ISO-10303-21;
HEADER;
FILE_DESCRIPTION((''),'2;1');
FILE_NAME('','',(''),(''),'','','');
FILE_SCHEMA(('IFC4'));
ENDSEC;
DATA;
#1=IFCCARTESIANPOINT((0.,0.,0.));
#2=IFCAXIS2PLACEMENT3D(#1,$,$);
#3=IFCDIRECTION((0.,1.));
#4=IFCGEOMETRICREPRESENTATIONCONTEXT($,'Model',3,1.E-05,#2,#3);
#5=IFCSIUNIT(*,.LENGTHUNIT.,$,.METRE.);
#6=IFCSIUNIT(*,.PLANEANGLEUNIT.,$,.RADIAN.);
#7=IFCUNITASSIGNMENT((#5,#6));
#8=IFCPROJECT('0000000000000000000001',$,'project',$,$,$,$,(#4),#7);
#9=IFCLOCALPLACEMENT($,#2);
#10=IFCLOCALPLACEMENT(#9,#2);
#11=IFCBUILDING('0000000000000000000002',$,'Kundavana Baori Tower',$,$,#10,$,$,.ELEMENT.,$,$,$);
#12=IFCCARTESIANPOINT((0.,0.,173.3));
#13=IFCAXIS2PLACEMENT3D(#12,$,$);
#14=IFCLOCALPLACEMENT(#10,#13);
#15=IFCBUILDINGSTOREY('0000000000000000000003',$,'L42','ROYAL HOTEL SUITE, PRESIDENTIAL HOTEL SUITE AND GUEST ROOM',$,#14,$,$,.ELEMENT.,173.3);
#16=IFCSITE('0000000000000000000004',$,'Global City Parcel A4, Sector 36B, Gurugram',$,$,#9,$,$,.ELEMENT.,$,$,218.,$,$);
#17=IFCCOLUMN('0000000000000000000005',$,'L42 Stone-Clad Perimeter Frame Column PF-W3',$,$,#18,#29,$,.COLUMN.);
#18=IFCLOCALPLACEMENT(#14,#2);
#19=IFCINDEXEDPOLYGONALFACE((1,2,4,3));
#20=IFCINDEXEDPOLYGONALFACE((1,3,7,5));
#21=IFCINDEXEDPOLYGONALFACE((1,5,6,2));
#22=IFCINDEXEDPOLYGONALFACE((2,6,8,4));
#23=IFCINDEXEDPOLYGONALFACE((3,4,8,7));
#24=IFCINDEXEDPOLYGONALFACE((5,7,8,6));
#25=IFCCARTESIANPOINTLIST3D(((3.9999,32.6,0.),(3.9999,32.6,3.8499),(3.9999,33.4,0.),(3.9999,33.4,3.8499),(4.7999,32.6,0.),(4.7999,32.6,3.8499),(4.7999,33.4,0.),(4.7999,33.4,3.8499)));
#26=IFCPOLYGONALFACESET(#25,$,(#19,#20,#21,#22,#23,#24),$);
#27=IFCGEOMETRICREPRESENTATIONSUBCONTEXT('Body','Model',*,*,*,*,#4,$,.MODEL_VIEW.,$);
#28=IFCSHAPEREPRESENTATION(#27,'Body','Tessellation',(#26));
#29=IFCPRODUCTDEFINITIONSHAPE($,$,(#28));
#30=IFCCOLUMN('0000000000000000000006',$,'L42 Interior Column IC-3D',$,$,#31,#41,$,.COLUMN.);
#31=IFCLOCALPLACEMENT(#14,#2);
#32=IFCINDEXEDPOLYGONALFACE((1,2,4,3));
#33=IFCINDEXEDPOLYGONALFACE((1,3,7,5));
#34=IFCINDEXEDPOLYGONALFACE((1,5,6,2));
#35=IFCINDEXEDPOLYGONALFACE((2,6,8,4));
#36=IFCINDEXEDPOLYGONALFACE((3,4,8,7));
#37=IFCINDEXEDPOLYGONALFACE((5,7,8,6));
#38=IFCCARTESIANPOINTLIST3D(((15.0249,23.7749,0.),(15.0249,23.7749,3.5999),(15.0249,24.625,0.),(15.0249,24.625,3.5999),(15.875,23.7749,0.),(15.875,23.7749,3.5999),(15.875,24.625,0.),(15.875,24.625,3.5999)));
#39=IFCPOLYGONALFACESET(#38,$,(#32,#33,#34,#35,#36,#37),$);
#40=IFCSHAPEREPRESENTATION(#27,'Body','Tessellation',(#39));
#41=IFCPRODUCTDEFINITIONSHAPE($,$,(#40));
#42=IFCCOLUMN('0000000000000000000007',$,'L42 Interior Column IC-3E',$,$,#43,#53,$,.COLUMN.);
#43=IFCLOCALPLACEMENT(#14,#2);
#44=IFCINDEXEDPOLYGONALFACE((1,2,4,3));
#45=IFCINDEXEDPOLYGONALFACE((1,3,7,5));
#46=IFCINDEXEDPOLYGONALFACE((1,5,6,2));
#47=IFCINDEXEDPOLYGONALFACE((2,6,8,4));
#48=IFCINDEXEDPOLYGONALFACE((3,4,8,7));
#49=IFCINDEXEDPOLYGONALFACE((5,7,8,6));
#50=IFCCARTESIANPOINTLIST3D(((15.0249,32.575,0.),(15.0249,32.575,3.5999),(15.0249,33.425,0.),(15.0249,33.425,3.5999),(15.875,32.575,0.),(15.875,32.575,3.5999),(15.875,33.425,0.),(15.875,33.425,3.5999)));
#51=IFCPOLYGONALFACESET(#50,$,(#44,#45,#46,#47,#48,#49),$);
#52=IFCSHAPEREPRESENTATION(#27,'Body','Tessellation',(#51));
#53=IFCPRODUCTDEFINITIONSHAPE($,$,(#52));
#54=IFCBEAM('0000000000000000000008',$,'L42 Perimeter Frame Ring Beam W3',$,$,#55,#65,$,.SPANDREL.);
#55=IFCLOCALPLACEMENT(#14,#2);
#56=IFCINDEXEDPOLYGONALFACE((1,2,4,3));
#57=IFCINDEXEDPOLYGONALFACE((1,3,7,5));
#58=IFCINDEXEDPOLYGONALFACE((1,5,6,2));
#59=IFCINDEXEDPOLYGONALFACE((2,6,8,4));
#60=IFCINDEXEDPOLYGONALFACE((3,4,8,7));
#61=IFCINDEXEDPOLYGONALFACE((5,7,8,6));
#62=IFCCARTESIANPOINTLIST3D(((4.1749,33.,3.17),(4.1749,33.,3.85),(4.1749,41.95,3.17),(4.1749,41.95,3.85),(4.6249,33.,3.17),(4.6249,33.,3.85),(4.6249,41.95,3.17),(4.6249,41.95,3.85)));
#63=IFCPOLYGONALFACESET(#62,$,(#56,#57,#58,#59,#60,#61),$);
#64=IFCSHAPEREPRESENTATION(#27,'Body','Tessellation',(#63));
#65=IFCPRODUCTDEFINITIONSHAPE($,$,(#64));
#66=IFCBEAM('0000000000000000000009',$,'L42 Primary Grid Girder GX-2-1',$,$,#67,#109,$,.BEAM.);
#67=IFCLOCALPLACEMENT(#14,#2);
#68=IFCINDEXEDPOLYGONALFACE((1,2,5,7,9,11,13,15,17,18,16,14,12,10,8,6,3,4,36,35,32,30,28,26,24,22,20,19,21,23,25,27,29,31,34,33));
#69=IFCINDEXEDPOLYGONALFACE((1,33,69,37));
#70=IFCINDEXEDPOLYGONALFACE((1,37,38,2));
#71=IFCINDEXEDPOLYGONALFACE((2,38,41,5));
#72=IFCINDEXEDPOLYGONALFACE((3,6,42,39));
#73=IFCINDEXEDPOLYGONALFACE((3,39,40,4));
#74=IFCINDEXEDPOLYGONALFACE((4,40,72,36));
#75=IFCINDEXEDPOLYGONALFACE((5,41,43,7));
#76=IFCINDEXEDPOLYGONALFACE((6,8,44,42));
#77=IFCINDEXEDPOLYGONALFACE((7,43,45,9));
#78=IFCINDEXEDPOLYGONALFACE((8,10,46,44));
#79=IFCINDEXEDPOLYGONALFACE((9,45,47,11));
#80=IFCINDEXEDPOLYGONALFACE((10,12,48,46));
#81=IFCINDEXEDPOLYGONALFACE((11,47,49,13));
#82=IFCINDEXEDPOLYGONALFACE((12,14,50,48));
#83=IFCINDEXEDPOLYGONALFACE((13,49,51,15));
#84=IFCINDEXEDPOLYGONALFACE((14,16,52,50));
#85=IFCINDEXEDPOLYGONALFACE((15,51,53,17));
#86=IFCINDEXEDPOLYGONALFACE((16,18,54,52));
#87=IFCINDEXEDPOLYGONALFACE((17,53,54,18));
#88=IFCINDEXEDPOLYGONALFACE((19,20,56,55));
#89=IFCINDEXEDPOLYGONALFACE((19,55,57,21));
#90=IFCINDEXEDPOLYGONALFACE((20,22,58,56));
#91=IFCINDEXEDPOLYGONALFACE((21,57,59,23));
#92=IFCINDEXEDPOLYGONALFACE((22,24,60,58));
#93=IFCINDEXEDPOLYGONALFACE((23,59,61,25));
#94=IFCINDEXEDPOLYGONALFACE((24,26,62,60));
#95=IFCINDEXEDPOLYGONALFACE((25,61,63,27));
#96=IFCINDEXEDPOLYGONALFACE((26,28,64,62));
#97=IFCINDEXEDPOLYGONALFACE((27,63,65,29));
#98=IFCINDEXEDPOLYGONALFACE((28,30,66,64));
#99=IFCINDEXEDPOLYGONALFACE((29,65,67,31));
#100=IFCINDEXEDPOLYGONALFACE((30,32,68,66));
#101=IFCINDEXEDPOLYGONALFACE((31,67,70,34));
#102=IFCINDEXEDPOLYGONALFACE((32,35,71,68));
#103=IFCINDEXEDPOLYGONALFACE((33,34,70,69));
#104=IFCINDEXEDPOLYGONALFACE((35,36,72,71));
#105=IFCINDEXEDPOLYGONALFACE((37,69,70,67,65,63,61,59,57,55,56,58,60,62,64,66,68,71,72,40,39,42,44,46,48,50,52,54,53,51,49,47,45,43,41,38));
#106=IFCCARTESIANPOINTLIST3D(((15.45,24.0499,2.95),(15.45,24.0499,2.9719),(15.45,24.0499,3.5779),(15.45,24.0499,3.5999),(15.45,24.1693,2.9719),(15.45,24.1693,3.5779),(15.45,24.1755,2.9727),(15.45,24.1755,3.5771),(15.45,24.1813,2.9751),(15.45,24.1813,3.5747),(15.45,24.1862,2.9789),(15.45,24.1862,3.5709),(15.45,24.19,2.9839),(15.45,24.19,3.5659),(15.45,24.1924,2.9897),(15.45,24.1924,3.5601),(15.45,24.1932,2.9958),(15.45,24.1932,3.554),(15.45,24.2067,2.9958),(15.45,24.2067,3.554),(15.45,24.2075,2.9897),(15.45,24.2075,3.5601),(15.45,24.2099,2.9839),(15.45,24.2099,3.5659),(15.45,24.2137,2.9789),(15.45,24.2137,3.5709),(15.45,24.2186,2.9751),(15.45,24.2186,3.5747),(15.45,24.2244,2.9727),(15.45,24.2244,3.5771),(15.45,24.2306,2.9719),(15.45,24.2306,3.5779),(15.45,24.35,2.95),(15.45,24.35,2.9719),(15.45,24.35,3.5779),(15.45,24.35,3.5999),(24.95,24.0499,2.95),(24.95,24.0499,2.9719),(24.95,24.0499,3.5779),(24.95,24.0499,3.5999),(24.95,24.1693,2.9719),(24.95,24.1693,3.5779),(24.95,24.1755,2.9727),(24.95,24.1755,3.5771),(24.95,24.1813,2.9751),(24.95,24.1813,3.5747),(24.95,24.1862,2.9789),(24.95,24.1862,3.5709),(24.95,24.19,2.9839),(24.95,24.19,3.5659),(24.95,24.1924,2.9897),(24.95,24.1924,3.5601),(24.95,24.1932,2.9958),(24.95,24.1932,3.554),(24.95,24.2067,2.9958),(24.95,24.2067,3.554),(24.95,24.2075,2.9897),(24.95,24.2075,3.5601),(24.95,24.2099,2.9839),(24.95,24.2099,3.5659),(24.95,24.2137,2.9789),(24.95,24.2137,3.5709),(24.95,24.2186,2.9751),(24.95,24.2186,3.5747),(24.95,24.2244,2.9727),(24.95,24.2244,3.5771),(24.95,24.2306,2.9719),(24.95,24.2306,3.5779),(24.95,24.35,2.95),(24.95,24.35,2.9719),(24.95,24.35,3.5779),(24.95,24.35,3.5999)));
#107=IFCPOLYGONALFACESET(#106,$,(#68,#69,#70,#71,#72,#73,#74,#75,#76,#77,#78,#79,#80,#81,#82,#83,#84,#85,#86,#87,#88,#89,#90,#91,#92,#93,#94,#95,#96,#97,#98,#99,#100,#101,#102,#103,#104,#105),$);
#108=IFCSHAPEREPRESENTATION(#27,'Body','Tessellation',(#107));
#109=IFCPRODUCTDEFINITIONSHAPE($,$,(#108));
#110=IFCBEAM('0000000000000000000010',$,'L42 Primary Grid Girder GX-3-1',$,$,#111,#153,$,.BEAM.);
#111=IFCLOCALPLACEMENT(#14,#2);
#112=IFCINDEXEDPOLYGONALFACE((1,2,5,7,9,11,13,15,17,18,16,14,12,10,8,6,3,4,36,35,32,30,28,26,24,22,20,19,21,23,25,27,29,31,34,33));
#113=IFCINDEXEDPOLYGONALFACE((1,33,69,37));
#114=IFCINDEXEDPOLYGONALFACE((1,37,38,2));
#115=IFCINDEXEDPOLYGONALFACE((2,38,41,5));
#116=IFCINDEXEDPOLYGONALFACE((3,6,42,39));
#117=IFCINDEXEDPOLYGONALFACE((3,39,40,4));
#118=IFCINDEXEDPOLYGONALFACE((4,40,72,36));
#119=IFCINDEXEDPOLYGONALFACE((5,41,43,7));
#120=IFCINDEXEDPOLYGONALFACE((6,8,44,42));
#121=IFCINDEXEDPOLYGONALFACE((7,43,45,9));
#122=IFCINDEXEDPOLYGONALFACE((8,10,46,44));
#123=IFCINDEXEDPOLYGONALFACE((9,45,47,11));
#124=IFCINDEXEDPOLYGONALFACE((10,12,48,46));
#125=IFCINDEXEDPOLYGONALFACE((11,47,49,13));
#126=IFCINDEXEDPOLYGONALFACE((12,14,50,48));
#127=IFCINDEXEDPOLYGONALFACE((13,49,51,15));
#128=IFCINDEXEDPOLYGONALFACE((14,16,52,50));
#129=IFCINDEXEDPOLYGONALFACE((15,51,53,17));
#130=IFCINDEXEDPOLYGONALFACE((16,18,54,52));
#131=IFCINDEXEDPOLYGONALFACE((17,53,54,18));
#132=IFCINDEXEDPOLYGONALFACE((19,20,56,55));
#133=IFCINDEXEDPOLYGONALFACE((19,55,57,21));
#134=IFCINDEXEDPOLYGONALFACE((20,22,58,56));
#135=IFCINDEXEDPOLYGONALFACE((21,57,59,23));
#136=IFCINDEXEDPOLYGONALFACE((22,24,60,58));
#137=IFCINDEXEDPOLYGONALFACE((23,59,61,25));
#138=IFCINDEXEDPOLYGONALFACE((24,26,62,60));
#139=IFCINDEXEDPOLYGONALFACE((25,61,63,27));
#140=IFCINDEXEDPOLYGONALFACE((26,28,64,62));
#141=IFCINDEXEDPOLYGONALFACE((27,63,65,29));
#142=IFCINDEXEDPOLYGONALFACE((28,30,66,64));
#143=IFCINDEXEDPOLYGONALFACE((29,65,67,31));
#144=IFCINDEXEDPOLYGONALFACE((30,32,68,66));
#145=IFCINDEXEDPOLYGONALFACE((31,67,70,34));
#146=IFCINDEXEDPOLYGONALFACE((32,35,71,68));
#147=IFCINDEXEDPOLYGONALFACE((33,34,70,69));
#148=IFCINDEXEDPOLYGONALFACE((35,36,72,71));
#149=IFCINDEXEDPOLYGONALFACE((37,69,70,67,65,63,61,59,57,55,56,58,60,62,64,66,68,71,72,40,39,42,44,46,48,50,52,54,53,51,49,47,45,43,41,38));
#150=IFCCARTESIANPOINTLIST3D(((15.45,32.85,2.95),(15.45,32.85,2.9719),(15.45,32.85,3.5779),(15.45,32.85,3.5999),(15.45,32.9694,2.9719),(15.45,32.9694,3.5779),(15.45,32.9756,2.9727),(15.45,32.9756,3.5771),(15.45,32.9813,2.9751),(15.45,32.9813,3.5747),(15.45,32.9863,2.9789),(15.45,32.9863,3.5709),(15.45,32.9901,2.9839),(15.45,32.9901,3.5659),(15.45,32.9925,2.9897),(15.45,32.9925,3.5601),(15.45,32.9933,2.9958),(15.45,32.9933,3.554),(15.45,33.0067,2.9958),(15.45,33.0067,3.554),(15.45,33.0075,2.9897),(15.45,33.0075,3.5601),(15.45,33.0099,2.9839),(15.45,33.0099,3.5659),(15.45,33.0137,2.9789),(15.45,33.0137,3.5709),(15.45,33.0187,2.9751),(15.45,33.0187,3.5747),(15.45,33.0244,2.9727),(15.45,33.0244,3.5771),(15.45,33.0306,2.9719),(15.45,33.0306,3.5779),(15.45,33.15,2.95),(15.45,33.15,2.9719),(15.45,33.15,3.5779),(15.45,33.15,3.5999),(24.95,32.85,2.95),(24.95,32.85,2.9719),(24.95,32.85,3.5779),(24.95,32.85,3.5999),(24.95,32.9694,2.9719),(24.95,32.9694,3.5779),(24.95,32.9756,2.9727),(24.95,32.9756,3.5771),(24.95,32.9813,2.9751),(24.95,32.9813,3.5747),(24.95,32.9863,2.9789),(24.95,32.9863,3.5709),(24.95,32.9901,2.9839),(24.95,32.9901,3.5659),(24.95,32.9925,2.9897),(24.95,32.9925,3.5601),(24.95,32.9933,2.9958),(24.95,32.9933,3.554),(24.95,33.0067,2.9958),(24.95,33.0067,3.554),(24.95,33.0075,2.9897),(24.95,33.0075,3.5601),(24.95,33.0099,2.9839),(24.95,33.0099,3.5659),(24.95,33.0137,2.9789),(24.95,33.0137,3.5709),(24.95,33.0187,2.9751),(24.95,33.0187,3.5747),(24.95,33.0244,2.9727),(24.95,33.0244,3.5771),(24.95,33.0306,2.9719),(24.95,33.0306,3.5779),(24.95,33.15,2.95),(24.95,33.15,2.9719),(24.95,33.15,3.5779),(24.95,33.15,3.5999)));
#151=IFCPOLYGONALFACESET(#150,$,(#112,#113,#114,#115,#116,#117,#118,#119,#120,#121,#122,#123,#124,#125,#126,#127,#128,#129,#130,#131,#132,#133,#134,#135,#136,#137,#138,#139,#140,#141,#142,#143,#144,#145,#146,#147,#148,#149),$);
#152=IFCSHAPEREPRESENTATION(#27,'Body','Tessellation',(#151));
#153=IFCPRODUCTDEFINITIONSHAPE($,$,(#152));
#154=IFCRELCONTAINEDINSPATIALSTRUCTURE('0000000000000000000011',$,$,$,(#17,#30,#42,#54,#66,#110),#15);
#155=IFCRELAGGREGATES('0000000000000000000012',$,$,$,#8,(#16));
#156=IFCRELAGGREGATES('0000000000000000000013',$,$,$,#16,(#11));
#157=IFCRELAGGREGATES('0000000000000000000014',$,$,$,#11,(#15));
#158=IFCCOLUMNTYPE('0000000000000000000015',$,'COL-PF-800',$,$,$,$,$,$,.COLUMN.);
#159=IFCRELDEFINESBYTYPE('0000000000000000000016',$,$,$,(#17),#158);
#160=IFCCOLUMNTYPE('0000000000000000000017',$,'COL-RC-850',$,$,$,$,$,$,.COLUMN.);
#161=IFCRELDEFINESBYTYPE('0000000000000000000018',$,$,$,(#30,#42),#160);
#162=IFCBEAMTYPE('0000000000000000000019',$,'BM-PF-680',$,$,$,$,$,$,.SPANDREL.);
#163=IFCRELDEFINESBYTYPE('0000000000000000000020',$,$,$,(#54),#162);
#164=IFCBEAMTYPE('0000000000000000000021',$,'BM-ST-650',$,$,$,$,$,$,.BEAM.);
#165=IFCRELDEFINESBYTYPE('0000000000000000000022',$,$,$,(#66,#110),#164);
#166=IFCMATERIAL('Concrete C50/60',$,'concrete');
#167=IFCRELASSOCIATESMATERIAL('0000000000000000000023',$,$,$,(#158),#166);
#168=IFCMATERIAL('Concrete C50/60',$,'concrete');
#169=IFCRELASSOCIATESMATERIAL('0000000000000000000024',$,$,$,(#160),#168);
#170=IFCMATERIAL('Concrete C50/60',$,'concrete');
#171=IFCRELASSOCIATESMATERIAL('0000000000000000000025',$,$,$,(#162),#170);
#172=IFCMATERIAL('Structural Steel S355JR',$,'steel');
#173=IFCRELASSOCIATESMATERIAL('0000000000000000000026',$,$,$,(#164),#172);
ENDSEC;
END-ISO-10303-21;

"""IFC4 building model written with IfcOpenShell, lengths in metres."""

from ifc_helpers import new_model, si_unit, direction, frame, origin, origin_2d, place, context, subcontext, project, spatial, rectangle, i_section, extrude, material, material_profile, profile_set, type_object, element, save


model = new_model("IFC4")

# Units and contexts
model_context = context("Model", 3, precision=1e-05, world=origin(), true_north=direction((0.0, 1.0)))
body_context = subcontext(model_context, "Body", "Model", "MODEL_VIEW")
ifc_project = project(units=[si_unit("LENGTHUNIT", "METRE"), si_unit("PLANEANGLEUNIT", "RADIAN")], contexts=[model_context])

# Site, building, storey
site_placement = place(None, origin())
site = spatial("IfcSite", under=ifc_project, at=site_placement, Name="Global City Parcel A4, Sector 36B, Gurugram", CompositionType="ELEMENT", RefElevation=218.0)
building_placement = place(site_placement, origin())
building = spatial("IfcBuilding", under=site, at=building_placement, Name="Kundavana Baori Tower", CompositionType="ELEMENT")
storey_placement = place(building_placement, frame((0.0, 0.0, 173.3)))
storey = spatial("IfcBuildingStorey", under=building, at=storey_placement, Name="L42", Description="ROYAL HOTEL SUITE, PRESIDENTIAL HOTEL SUITE AND GUEST ROOM", CompositionType="ELEMENT", Elevation=173.3)

# Columns
ifc_material_1 = material(Name="Concrete C50/60", Category="concrete")
ifc_material_profile_1 = material_profile(ifc_material_1, rectangle(XDim=0.8, YDim=0.8, at=origin_2d()), Name="RC PF 800x800")
ifc_profile_set_1 = profile_set([ifc_material_profile_1], Name="Concrete C50/60")
column_type_1 = type_object("IfcColumnType", Name="COL-PF-800", PredefinedType="COLUMN", material=ifc_profile_set_1)
column_placement = place(storey_placement, frame((4.3999, 33.0, 0.0), z_axis=(0.0, 0.0, 1.0), x_axis=(1.0, 0.0, 0.0)))
element("IfcColumn", 1, at=column_placement, inside=storey, type_object=column_type_1, Name="L42 Stone-Clad Perimeter Frame Column PF-W3", PredefinedType="COLUMN", context=body_context, shape_type="SweptSolid", body=[
    extrude(rectangle(XDim=0.8, YDim=0.8, at=origin_2d()), origin(), (0.0, 0.0, 1.0), 3.8499),
])
ifc_material_2 = material(Name="Concrete C50/60", Category="concrete")
ifc_material_profile_2 = material_profile(ifc_material_2, rectangle(XDim=0.8501, YDim=0.8501, at=origin_2d()), Name="RC 850x850")
ifc_profile_set_2 = profile_set([ifc_material_profile_2], Name="Concrete C50/60")
column_type_2 = type_object("IfcColumnType", Name="COL-RC-850", PredefinedType="COLUMN", material=ifc_profile_set_2)
for number, where, z_axis, x_axis, name in (
    (2, (15.45, 24.2, 0.0), (0.0, 0.0, 1.0), (1.0, 0.0, 0.0), "L42 Interior Column IC-3D"),
    (3, (15.45, 33.0, 0.0), (0.0, 0.0, 1.0), (1.0, 0.0, 0.0), "L42 Interior Column IC-3E"),
):
    element("IfcColumn", number, at=place(storey_placement, frame(where, z_axis=z_axis, x_axis=x_axis)), inside=storey, type_object=column_type_2, Name=name, PredefinedType="COLUMN", context=body_context, shape_type="SweptSolid", body=[
        extrude(rectangle(XDim=0.8501, YDim=0.8501, at=origin_2d()), origin(), (0.0, 0.0, 1.0), 3.5999),
    ])

# Beams
ifc_material_3 = material(Name="Concrete C50/60", Category="concrete")
ifc_material_profile_3 = material_profile(ifc_material_3, rectangle(XDim=0.45, YDim=0.6799, at=origin_2d()), Name="RC BM 450x680")
ifc_profile_set_3 = profile_set([ifc_material_profile_3], Name="Concrete C50/60")
beam_type_1 = type_object("IfcBeamType", Name="BM-PF-680", PredefinedType="SPANDREL", material=ifc_profile_set_3)
beam_placement = place(storey_placement, frame((4.3999, 33.0, 3.51), z_axis=(0.0, 1.0, 0.0), x_axis=(-1.0, 0.0, 0.0)))
element("IfcBeam", 4, at=beam_placement, inside=storey, type_object=beam_type_1, Name="L42 Perimeter Frame Ring Beam W3", PredefinedType="SPANDREL", context=body_context, shape_type="SweptSolid", body=[
    extrude(rectangle(XDim=0.45, YDim=0.6799, at=origin_2d()), origin(), (0.0, 0.0, 1.0), 8.95),
])
ifc_material_4 = material(Name="Structural Steel S355JR", Category="steel")
ifc_material_profile_4 = material_profile(ifc_material_4, i_section(OverallWidth=0.3, OverallDepth=0.6499, WebThickness=0.0134, FlangeThickness=0.022, FilletRadius=0.0239, at=origin_2d()), Name="NPB 650x300x155")
ifc_profile_set_4 = profile_set([ifc_material_profile_4], Name="Structural Steel S355JR")
beam_type_2 = type_object("IfcBeamType", Name="BM-ST-650", PredefinedType="BEAM", material=ifc_profile_set_4)
for number, where, z_axis, x_axis, name in (
    (5, (15.45, 24.2, 3.2749), (1.0, 0.0, 0.0), (0.0, 1.0, 0.0), "L42 Primary Grid Girder GX-2-1"),
    (6, (15.45, 33.0, 3.2749), (1.0, 0.0, 0.0), (0.0, 1.0, 0.0), "L42 Primary Grid Girder GX-3-1"),
):
    element("IfcBeam", number, at=place(storey_placement, frame(where, z_axis=z_axis, x_axis=x_axis)), inside=storey, type_object=beam_type_2, Name=name, PredefinedType="BEAM", context=body_context, shape_type="SweptSolid", body=[
        extrude(i_section(OverallWidth=0.3, OverallDepth=0.6499, WebThickness=0.0134, FlangeThickness=0.022, FilletRadius=0.0239, at=origin_2d()), origin(), (0.0, 0.0, 1.0), 9.5),
    ])

save(model, "model.ifc")
